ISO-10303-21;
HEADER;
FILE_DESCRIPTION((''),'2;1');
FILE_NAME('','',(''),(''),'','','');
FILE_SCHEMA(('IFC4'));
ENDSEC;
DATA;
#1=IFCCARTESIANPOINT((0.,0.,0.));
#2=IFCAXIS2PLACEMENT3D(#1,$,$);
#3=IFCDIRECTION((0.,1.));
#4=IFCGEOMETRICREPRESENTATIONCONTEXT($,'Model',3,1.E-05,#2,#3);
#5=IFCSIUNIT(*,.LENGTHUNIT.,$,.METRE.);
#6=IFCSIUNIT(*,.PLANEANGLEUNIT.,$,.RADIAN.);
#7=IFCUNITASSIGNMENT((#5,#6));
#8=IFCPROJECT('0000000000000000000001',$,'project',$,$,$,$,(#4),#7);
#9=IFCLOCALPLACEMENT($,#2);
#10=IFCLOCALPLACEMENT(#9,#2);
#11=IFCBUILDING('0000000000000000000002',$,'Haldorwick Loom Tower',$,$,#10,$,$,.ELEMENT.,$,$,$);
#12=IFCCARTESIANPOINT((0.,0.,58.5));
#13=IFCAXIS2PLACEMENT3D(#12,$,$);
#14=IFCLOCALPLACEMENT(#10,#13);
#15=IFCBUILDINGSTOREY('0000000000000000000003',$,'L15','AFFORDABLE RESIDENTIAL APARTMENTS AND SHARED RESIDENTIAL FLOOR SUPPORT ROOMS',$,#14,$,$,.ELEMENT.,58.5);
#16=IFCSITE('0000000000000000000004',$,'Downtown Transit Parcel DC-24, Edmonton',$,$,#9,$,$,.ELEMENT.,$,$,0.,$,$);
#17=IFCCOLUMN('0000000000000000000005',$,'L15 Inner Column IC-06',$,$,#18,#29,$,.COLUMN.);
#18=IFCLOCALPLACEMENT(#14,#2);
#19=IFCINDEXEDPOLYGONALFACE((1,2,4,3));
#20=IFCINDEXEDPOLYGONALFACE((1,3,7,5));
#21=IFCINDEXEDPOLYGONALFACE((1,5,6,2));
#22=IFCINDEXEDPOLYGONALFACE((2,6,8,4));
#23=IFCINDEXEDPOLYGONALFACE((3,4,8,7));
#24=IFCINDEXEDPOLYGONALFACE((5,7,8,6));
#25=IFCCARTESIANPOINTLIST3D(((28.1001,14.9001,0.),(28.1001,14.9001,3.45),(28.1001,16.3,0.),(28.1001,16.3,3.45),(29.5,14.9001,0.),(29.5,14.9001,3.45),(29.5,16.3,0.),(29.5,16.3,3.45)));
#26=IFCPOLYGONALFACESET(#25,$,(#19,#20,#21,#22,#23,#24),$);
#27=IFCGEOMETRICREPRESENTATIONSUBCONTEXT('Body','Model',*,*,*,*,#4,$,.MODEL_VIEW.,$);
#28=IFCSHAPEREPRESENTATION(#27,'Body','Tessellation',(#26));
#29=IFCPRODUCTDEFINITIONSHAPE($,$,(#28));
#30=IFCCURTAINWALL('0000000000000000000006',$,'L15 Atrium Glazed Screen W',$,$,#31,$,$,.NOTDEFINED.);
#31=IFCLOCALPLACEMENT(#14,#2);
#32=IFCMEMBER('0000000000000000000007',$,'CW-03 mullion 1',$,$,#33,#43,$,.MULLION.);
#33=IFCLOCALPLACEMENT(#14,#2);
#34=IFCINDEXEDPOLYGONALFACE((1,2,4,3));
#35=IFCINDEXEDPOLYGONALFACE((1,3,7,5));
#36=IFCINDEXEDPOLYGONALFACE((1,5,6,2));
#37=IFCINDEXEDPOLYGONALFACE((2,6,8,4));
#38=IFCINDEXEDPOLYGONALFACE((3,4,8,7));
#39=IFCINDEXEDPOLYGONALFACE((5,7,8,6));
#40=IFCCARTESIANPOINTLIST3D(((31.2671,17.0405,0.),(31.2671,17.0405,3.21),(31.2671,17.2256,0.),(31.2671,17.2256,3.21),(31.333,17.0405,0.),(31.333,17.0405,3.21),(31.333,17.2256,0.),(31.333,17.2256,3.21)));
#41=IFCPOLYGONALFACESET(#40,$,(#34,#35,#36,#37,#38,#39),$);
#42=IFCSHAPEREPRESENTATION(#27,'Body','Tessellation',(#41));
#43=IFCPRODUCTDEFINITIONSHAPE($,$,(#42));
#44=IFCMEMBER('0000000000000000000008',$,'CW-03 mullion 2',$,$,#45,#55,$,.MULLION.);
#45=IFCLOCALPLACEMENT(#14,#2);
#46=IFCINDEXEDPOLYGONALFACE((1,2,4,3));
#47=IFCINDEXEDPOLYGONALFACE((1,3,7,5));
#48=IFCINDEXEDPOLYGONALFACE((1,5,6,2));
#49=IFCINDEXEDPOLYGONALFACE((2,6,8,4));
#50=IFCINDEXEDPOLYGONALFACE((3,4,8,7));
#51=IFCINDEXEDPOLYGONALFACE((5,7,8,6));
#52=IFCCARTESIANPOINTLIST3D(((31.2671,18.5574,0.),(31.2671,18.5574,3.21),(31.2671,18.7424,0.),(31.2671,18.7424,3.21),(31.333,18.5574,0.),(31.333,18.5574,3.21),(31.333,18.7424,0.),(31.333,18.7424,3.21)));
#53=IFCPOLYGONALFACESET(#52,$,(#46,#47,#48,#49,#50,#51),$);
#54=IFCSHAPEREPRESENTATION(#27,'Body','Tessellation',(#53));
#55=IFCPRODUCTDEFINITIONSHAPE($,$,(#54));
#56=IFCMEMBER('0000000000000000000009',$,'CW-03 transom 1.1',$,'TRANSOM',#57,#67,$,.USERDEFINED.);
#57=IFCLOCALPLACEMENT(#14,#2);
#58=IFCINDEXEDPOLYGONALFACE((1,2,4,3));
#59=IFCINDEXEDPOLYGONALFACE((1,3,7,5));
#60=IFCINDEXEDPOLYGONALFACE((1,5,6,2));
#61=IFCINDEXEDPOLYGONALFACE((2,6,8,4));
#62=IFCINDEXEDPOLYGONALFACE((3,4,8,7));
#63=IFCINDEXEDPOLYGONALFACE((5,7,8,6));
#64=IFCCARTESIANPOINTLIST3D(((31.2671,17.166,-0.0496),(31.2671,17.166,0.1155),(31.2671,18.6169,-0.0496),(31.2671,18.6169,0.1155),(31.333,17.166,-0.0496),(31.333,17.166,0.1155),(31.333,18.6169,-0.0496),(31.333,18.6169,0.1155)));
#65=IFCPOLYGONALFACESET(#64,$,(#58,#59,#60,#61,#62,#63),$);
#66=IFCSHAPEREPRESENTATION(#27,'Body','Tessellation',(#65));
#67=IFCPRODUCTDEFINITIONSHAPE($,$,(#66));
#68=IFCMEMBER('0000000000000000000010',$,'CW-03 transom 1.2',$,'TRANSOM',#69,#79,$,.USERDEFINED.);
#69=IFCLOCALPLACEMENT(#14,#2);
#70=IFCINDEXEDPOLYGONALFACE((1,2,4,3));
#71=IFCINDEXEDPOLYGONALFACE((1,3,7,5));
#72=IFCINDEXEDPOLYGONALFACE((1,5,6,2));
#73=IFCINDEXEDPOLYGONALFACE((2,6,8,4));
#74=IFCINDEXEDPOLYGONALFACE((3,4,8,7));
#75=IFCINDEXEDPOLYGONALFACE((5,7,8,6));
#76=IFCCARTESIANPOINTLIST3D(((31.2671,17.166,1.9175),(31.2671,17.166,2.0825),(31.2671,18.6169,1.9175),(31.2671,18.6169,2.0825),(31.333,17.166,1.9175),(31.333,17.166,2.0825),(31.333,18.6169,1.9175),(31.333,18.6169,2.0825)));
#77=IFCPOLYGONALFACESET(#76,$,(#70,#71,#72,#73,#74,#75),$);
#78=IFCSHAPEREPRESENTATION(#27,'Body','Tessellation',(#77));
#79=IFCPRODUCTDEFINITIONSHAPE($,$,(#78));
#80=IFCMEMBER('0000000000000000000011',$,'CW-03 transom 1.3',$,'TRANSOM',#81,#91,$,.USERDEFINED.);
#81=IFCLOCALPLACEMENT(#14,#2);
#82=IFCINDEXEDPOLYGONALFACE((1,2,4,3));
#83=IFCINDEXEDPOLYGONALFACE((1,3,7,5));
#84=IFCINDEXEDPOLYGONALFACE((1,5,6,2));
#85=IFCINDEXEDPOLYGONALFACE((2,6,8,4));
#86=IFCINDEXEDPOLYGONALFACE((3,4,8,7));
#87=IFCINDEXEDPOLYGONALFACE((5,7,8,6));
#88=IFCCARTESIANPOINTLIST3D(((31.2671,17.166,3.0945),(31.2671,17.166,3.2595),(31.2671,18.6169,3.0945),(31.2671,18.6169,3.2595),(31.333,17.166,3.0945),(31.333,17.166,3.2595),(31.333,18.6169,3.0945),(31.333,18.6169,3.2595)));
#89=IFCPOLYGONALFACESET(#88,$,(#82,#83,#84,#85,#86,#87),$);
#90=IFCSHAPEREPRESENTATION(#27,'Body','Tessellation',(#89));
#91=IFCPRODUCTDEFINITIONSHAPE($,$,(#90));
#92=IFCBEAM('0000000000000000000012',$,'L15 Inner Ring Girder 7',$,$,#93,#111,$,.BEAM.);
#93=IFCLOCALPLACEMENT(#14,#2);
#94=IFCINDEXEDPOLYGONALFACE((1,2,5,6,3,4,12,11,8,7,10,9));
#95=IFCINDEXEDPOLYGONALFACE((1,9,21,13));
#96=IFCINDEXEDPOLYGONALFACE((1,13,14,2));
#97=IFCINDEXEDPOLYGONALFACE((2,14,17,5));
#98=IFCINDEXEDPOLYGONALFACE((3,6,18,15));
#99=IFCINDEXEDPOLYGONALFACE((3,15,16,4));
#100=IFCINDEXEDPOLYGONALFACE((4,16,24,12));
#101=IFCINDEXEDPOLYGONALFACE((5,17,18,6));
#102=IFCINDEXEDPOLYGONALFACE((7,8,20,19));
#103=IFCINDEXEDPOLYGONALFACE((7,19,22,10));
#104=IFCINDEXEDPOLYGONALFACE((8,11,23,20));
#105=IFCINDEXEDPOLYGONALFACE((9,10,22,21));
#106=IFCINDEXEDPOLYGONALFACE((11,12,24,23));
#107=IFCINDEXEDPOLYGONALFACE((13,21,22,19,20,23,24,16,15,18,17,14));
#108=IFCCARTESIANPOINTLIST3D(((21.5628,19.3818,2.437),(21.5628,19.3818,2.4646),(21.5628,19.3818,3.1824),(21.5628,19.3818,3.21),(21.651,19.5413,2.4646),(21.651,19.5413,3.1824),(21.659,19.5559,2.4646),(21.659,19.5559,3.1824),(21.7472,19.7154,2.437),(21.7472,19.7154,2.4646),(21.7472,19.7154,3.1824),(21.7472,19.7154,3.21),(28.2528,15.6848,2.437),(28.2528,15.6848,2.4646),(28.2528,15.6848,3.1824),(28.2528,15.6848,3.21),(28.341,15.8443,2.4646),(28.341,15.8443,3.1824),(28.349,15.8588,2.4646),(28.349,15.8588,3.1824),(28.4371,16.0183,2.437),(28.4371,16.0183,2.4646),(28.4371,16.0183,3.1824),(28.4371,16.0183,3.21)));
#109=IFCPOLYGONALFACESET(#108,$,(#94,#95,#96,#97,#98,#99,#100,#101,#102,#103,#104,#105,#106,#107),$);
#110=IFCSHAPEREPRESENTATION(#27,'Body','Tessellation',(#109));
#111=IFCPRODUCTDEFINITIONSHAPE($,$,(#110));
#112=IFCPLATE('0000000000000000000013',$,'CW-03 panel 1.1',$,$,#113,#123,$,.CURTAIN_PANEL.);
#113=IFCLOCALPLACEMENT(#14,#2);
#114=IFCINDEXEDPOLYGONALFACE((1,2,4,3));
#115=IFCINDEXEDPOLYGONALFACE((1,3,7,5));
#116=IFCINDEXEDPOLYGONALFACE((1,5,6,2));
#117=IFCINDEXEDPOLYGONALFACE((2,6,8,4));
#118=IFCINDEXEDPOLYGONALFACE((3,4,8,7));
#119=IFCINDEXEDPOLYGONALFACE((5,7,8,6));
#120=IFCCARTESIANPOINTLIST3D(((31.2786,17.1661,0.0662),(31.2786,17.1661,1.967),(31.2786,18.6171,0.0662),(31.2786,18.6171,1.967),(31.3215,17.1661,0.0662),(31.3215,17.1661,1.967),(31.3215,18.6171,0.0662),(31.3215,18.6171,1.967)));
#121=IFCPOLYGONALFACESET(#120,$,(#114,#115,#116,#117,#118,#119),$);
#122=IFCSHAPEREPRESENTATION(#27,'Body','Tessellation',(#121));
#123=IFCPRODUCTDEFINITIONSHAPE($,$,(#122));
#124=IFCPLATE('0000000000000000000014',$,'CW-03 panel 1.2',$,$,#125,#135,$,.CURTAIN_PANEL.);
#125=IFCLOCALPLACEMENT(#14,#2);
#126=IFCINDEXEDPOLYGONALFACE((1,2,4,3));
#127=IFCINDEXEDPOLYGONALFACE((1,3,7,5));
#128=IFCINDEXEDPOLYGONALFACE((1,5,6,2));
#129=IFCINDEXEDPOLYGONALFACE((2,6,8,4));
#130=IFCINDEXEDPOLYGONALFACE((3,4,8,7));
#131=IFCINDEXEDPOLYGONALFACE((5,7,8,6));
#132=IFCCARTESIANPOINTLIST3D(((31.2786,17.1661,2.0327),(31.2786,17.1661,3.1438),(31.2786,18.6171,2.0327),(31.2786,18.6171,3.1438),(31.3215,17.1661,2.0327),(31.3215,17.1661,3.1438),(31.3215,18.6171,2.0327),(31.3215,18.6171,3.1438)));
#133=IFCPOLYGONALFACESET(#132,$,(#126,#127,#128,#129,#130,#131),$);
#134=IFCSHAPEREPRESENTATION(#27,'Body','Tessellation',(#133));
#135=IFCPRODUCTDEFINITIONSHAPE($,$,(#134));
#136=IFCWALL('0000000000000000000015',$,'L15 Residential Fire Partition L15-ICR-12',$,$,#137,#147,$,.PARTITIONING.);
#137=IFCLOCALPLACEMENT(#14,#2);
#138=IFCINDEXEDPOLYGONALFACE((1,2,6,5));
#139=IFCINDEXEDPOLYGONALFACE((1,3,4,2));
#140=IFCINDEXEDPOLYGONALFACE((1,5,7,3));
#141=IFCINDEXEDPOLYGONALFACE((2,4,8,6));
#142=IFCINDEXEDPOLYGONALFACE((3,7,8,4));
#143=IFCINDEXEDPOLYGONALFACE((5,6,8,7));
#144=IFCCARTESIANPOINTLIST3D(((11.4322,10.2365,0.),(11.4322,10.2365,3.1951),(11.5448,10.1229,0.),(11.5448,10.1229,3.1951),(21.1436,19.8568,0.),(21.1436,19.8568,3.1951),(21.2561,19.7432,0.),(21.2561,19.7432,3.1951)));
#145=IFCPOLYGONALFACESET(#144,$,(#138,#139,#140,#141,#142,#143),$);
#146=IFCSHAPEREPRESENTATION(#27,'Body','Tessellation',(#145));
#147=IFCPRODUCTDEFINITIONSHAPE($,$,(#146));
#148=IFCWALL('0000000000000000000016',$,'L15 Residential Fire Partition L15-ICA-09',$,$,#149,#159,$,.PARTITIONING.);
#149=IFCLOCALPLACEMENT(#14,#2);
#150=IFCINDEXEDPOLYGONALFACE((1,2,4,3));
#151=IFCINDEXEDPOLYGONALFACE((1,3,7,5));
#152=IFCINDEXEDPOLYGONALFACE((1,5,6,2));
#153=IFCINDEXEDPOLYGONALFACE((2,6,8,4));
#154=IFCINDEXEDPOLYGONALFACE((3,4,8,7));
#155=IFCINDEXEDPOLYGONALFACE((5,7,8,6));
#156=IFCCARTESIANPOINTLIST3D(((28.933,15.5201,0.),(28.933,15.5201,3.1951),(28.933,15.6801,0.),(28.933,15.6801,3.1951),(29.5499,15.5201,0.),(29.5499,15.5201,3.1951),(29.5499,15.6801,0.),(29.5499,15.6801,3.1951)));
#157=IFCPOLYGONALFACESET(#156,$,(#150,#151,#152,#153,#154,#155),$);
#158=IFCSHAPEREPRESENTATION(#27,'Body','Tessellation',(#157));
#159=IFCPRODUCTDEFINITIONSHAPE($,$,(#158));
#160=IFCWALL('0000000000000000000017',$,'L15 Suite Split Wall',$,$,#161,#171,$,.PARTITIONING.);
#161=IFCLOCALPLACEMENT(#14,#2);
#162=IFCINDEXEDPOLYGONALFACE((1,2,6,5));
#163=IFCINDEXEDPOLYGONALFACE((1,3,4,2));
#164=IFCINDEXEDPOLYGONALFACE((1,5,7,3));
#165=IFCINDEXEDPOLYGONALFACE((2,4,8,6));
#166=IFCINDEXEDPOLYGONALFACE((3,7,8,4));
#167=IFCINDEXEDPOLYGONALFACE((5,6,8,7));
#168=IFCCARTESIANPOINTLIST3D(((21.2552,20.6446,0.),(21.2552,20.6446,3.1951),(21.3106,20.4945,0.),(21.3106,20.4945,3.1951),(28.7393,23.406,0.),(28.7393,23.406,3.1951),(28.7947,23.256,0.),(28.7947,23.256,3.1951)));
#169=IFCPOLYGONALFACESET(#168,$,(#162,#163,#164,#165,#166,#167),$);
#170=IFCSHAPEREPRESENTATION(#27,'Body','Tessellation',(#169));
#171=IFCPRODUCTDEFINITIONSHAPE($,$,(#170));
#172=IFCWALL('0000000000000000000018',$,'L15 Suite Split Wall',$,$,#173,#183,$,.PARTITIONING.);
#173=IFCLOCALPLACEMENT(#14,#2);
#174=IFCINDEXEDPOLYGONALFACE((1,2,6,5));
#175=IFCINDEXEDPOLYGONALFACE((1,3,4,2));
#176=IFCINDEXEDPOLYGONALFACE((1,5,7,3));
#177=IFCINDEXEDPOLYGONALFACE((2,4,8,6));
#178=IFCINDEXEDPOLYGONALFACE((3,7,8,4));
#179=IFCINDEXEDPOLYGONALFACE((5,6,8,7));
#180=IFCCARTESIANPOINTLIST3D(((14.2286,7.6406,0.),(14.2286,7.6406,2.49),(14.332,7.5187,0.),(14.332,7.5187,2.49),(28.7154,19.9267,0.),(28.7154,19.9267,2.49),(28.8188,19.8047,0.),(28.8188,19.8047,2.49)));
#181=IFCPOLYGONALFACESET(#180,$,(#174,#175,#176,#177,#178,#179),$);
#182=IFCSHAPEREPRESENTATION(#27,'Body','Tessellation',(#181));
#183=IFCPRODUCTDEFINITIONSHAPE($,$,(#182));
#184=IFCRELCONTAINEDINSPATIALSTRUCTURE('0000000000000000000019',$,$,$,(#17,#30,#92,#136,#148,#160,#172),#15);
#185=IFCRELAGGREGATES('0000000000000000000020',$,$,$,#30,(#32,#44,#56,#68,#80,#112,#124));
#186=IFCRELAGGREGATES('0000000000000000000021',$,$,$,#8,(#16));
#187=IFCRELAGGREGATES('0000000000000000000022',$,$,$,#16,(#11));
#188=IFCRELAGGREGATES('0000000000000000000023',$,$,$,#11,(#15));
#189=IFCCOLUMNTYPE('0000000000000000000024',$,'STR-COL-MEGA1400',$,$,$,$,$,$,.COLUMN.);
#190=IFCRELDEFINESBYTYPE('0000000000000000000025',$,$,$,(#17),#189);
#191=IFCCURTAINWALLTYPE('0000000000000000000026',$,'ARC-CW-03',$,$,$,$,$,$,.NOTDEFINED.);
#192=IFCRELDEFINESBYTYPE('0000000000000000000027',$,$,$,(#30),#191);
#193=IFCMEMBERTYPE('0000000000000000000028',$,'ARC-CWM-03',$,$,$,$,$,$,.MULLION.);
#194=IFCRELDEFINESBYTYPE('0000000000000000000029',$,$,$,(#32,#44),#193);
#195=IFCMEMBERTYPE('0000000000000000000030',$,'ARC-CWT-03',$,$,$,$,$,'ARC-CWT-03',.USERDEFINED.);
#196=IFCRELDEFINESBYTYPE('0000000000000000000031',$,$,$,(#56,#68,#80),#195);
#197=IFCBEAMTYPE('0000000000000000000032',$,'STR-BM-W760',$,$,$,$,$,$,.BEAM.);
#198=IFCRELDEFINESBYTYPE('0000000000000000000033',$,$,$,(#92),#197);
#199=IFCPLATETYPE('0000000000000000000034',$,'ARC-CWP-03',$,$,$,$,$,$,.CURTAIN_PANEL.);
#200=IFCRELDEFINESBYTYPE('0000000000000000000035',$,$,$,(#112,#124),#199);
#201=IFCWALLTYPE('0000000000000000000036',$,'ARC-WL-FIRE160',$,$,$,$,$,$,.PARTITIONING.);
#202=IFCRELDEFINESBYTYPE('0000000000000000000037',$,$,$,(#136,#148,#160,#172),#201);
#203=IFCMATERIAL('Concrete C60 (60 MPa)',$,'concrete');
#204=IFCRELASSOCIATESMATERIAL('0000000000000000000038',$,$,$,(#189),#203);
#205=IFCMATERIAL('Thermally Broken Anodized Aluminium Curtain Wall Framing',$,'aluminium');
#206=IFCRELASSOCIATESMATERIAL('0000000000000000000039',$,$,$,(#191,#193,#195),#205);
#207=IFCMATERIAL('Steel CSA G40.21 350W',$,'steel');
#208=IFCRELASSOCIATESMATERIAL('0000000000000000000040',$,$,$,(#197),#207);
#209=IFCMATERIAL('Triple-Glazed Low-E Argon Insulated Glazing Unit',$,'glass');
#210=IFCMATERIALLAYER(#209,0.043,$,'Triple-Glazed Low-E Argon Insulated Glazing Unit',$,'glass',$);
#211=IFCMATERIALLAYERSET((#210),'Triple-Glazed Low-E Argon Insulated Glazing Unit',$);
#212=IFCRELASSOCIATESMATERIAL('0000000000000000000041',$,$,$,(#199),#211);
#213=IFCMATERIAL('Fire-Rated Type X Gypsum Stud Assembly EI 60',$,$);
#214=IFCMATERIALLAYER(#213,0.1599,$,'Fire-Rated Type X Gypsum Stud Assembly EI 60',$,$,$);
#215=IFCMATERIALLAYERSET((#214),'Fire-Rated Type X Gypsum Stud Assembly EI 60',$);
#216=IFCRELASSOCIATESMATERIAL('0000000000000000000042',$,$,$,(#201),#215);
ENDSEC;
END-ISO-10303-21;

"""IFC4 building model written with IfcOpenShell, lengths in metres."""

from ifc_helpers import new_model, si_unit, direction, frame, frame_2d, origin, origin_2d, place, context, subcontext, project, spatial, rectangle, i_section, extrude, material, layer, layer_set, material_profile, profile_set, type_object, element, aggregate, save


model = new_model("IFC4")

# Units and contexts
model_context = context("Model", 3, precision=1e-05, world=origin(), true_north=direction((0.0, 1.0)))
body_context = subcontext(model_context, "Body", "Model", "MODEL_VIEW")
ifc_project = project(units=[si_unit("LENGTHUNIT", "METRE"), si_unit("PLANEANGLEUNIT", "RADIAN")], contexts=[model_context])

# Site, building, storey
site_placement = place(None, origin())
site = spatial("IfcSite", under=ifc_project, at=site_placement, Name="Downtown Transit Parcel DC-24, Edmonton", CompositionType="ELEMENT", RefElevation=0.0)
building_placement = place(site_placement, origin())
building = spatial("IfcBuilding", under=site, at=building_placement, Name="Haldorwick Loom Tower", CompositionType="ELEMENT")
storey_placement = place(building_placement, frame((0.0, 0.0, 58.5)))
storey = spatial("IfcBuildingStorey", under=building, at=storey_placement, Name="L15", Description="AFFORDABLE RESIDENTIAL APARTMENTS AND SHARED RESIDENTIAL FLOOR SUPPORT ROOMS", CompositionType="ELEMENT", Elevation=58.5)

# Column
ifc_material_1 = material(Name="Concrete C60 (60 MPa)", Category="concrete")
ifc_material_profile_1 = material_profile(ifc_material_1, rectangle(XDim=1.3999, YDim=1.3999, at=origin_2d()), Name="RC1400X1400", Category="concrete")
ifc_profile_set_1 = profile_set([ifc_material_profile_1], Name="Concrete C60 (60 MPa)")
column_type = type_object("IfcColumnType", Name="STR-COL-MEGA1400", PredefinedType="COLUMN", material=ifc_profile_set_1)
column_placement = place(storey_placement, frame((28.8, 15.6001, 0.0), z_axis=(0.0, 0.0, 1.0), x_axis=(1.0, 0.0, 0.0)))
element("IfcColumn", 1, at=column_placement, inside=storey, type_object=column_type, Name="L15 Inner Column IC-06", PredefinedType="COLUMN", context=body_context, shape_type="SweptSolid", body=[
    extrude(rectangle(XDim=1.3999, YDim=1.3999, at=origin_2d()), origin(), (0.0, 0.0, 1.0), 3.45),
])

# Curtain wall, members
ifc_material_2 = material(Name="Thermally Broken Anodized Aluminium Curtain Wall Framing", Category="aluminium")
curtain_wall_type = type_object("IfcCurtainWallType", Name="ARC-CW-03", PredefinedType="NOTDEFINED", material=ifc_material_2)
curtain_wall_placement = place(storey_placement, origin())
curtain_wall = element("IfcCurtainWall", 2, at=curtain_wall_placement, inside=storey, type_object=curtain_wall_type, Name="L15 Atrium Glazed Screen W", PredefinedType="NOTDEFINED")
ifc_material_profile_2 = material_profile(ifc_material_2, rectangle(XDim=0.0659, YDim=0.1851, at=origin_2d()), Name="ALU_MUL_66X185", Category="aluminium")
ifc_profile_set_2 = profile_set([ifc_material_profile_2], Name="Thermally Broken Anodized Aluminium Curtain Wall Framing")
member_type_1 = type_object("IfcMemberType", Name="ARC-CWM-03", PredefinedType="MULLION", material=ifc_profile_set_2)
member_1_placement = place(storey_placement, frame((31.3, 17.1331, 0.0), z_axis=(0.0, 0.0, 1.0), x_axis=(-1.0, 0.0, 0.0)))
member_1 = element("IfcMember", 3, at=member_1_placement, type_object=member_type_1, Name="CW-03 mullion 1", PredefinedType="MULLION", context=body_context, shape_type="SweptSolid", body=[
    extrude(rectangle(XDim=0.0659, YDim=0.1851, at=origin_2d()), origin(), (0.0, 0.0, 1.0), 3.21),
])
member_2_placement = place(storey_placement, frame((31.3, 18.6499, 0.0), z_axis=(0.0, 0.0, 1.0), x_axis=(-1.0, 0.0, 0.0)))
member_2 = element("IfcMember", 4, at=member_2_placement, type_object=member_type_1, Name="CW-03 mullion 2", PredefinedType="MULLION", context=body_context, shape_type="SweptSolid", body=[
    extrude(rectangle(XDim=0.0659, YDim=0.1851, at=origin_2d()), origin(), (0.0, 0.0, 1.0), 3.21),
])
ifc_material_profile_3 = material_profile(ifc_material_2, rectangle(XDim=0.0659, YDim=0.165, at=origin_2d()), Name="ALU_TRN_66X165", Category="aluminium")
ifc_profile_set_3 = profile_set([ifc_material_profile_3], Name="Thermally Broken Anodized Aluminium Curtain Wall Framing")
member_type_2 = type_object("IfcMemberType", Name="ARC-CWT-03", ElementType="ARC-CWT-03", PredefinedType="USERDEFINED", material=ifc_profile_set_3)
member_3_placement = place(storey_placement, frame((31.3, 17.166, 0.033), z_axis=(0.0, 1.0, 0.0), x_axis=(-1.0, 0.0, 0.0)))
member_3 = element("IfcMember", 5, at=member_3_placement, type_object=member_type_2, Name="CW-03 transom 1.1", ObjectType="TRANSOM", PredefinedType="USERDEFINED", context=body_context, shape_type="SweptSolid", body=[
    extrude(rectangle(XDim=0.0659, YDim=0.165, at=origin_2d()), origin(), (0.0, 0.0, 1.0), 1.4509),
])
member_4_placement = place(storey_placement, frame((31.3, 17.166, 2.0), z_axis=(0.0, 1.0, 0.0), x_axis=(-1.0, 0.0, 0.0)))
member_4 = element("IfcMember", 6, at=member_4_placement, type_object=member_type_2, Name="CW-03 transom 1.2", ObjectType="TRANSOM", PredefinedType="USERDEFINED", context=body_context, shape_type="SweptSolid", body=[
    extrude(rectangle(XDim=0.0659, YDim=0.165, at=origin_2d()), origin(), (0.0, 0.0, 1.0), 1.4509),
])
member_5_placement = place(storey_placement, frame((31.3, 17.166, 3.177), z_axis=(0.0, 1.0, 0.0), x_axis=(-1.0, 0.0, 0.0)))
member_5 = element("IfcMember", 7, at=member_5_placement, type_object=member_type_2, Name="CW-03 transom 1.3", ObjectType="TRANSOM", PredefinedType="USERDEFINED", context=body_context, shape_type="SweptSolid", body=[
    extrude(rectangle(XDim=0.0659, YDim=0.165, at=origin_2d()), origin(), (0.0, 0.0, 1.0), 1.4509),
])

# Beam
ifc_material_3 = material(Name="Steel CSA G40.21 350W", Category="steel")
ifc_material_profile_4 = material_profile(ifc_material_3, i_section(OverallWidth=0.3811, OverallDepth=0.7729, WebThickness=0.0166, FlangeThickness=0.0276, at=origin_2d()), Name="W760X257", Category="steel")
ifc_profile_set_4 = profile_set([ifc_material_profile_4], Name="Steel CSA G40.21 350W")
beam_type = type_object("IfcBeamType", Name="STR-BM-W760", PredefinedType="BEAM", material=ifc_profile_set_4)
beam_placement = place(storey_placement, frame((28.345, 15.8516, 2.8235), z_axis=(-0.875244, 0.483681, 0.0), x_axis=(-0.483681, -0.875244, 0.0)))
element("IfcBeam", 8, at=beam_placement, inside=storey, type_object=beam_type, Name="L15 Inner Ring Girder 7", PredefinedType="BEAM", context=body_context, shape_type="SweptSolid", body=[
    extrude(i_section(OverallWidth=0.3811, OverallDepth=0.7729, WebThickness=0.0166, FlangeThickness=0.0276, at=origin_2d()), origin(), (0.0, 0.0, 1.0), 7.6436),
])

# Plates
ifc_material_4 = material(Name="Triple-Glazed Low-E Argon Insulated Glazing Unit", Category="glass")
ifc_layer_1 = layer(ifc_material_4, 0.043, Name="Triple-Glazed Low-E Argon Insulated Glazing Unit", Category="glass")
ifc_layer_set_1 = layer_set([ifc_layer_1], Name="Triple-Glazed Low-E Argon Insulated Glazing Unit")
plate_type = type_object("IfcPlateType", Name="ARC-CWP-03", PredefinedType="CURTAIN_PANEL", material=ifc_layer_set_1)
plate_1_placement = place(storey_placement, frame((31.3, 17.8916, 0.0662), z_axis=(0.0, 0.0, 1.0), x_axis=(0.0, 1.0, 0.0)))
plate_1 = element("IfcPlate", 9, at=plate_1_placement, type_object=plate_type, Name="CW-03 panel 1.1", PredefinedType="CURTAIN_PANEL", context=body_context, shape_type="SweptSolid", body=[
    extrude(rectangle(XDim=1.4509, YDim=0.043, at=origin_2d()), origin(), (0.0, 0.0, 1.0), 1.9009),
])
plate_2_placement = place(storey_placement, frame((31.3, 17.8916, 2.0327), z_axis=(0.0, 0.0, 1.0), x_axis=(0.0, 1.0, 0.0)))
plate_2 = element("IfcPlate", 10, at=plate_2_placement, type_object=plate_type, Name="CW-03 panel 1.2", PredefinedType="CURTAIN_PANEL", context=body_context, shape_type="SweptSolid", body=[
    extrude(rectangle(XDim=1.4509, YDim=0.043, at=origin_2d()), origin(), (0.0, 0.0, 1.0), 1.1111),
])
aggregate(curtain_wall, [member_1, member_2, member_3, member_4, member_5, plate_1, plate_2])

# Walls
ifc_material_5 = material(Name="Fire-Rated Type X Gypsum Stud Assembly EI 60")
ifc_layer_2 = layer(ifc_material_5, 0.1599, Name="Fire-Rated Type X Gypsum Stud Assembly EI 60")
ifc_layer_set_2 = layer_set([ifc_layer_2], Name="Fire-Rated Type X Gypsum Stud Assembly EI 60")
wall_type_1 = type_object("IfcWallType", Name="ARC-WL-FIRE160", PredefinedType="PARTITIONING", material=ifc_layer_set_2)
wall_1_placement = place(storey_placement, frame((21.2, 19.8, 0.0), z_axis=(0.0, 0.0, 1.0), x_axis=(-0.71043, -0.703768, 0.0)))
element("IfcWall", 11, at=wall_1_placement, inside=storey, type_object=wall_type_1, Name="L15 Residential Fire Partition L15-ICR-12", PredefinedType="PARTITIONING", context=body_context, shape_type="SweptSolid", body=[
    extrude(rectangle(XDim=13.6697, YDim=0.1599, at=frame_2d((6.835, 0.0))), origin(), (0.0, 0.0, 1.0), 3.1951),
])
wall_2_placement = place(storey_placement, frame((29.55, 15.6001, 0.0), z_axis=(0.0, 0.0, 1.0), x_axis=(-1.0, 0.0, 0.0)))
element("IfcWall", 12, at=wall_2_placement, inside=storey, type_object=wall_type_1, Name="L15 Residential Fire Partition L15-ICA-09", PredefinedType="PARTITIONING", context=body_context, shape_type="SweptSolid", body=[
    extrude(rectangle(XDim=0.6169, YDim=0.1599, at=frame_2d((0.3086, 0.0))), origin(), (0.0, 0.0, 1.0), 3.1951),
])
wall_3_placement = place(storey_placement, frame((28.7671, 23.3311, 0.0), z_axis=(0.0, 0.0, 1.0), x_axis=(-0.938174, -0.346165, 0.0)))
element("IfcWall", 13, at=wall_3_placement, inside=storey, type_object=wall_type_1, Name="L15 Suite Split Wall", PredefinedType="PARTITIONING", context=body_context, shape_type="SweptSolid", body=[
    extrude(rectangle(XDim=7.9773, YDim=0.1599, at=frame_2d((3.9888, 0.0))), origin(), (0.0, 0.0, 1.0), 3.1951),
])
wall_4_placement = place(storey_placement, frame((28.7671, 19.8657, 0.0), z_axis=(0.0, 0.0, 1.0), x_axis=(-0.762657, -0.646803, 0.0)))
element("IfcWall", 14, at=wall_4_placement, inside=storey, type_object=wall_type_1, Name="L15 Suite Split Wall", PredefinedType="PARTITIONING", context=body_context, shape_type="SweptSolid", body=[
    extrude(rectangle(XDim=18.9951, YDim=0.1599, at=frame_2d((9.4976, 0.0))), origin(), (0.0, 0.0, 1.0), 2.49),
])

save(model, "model.ifc")
